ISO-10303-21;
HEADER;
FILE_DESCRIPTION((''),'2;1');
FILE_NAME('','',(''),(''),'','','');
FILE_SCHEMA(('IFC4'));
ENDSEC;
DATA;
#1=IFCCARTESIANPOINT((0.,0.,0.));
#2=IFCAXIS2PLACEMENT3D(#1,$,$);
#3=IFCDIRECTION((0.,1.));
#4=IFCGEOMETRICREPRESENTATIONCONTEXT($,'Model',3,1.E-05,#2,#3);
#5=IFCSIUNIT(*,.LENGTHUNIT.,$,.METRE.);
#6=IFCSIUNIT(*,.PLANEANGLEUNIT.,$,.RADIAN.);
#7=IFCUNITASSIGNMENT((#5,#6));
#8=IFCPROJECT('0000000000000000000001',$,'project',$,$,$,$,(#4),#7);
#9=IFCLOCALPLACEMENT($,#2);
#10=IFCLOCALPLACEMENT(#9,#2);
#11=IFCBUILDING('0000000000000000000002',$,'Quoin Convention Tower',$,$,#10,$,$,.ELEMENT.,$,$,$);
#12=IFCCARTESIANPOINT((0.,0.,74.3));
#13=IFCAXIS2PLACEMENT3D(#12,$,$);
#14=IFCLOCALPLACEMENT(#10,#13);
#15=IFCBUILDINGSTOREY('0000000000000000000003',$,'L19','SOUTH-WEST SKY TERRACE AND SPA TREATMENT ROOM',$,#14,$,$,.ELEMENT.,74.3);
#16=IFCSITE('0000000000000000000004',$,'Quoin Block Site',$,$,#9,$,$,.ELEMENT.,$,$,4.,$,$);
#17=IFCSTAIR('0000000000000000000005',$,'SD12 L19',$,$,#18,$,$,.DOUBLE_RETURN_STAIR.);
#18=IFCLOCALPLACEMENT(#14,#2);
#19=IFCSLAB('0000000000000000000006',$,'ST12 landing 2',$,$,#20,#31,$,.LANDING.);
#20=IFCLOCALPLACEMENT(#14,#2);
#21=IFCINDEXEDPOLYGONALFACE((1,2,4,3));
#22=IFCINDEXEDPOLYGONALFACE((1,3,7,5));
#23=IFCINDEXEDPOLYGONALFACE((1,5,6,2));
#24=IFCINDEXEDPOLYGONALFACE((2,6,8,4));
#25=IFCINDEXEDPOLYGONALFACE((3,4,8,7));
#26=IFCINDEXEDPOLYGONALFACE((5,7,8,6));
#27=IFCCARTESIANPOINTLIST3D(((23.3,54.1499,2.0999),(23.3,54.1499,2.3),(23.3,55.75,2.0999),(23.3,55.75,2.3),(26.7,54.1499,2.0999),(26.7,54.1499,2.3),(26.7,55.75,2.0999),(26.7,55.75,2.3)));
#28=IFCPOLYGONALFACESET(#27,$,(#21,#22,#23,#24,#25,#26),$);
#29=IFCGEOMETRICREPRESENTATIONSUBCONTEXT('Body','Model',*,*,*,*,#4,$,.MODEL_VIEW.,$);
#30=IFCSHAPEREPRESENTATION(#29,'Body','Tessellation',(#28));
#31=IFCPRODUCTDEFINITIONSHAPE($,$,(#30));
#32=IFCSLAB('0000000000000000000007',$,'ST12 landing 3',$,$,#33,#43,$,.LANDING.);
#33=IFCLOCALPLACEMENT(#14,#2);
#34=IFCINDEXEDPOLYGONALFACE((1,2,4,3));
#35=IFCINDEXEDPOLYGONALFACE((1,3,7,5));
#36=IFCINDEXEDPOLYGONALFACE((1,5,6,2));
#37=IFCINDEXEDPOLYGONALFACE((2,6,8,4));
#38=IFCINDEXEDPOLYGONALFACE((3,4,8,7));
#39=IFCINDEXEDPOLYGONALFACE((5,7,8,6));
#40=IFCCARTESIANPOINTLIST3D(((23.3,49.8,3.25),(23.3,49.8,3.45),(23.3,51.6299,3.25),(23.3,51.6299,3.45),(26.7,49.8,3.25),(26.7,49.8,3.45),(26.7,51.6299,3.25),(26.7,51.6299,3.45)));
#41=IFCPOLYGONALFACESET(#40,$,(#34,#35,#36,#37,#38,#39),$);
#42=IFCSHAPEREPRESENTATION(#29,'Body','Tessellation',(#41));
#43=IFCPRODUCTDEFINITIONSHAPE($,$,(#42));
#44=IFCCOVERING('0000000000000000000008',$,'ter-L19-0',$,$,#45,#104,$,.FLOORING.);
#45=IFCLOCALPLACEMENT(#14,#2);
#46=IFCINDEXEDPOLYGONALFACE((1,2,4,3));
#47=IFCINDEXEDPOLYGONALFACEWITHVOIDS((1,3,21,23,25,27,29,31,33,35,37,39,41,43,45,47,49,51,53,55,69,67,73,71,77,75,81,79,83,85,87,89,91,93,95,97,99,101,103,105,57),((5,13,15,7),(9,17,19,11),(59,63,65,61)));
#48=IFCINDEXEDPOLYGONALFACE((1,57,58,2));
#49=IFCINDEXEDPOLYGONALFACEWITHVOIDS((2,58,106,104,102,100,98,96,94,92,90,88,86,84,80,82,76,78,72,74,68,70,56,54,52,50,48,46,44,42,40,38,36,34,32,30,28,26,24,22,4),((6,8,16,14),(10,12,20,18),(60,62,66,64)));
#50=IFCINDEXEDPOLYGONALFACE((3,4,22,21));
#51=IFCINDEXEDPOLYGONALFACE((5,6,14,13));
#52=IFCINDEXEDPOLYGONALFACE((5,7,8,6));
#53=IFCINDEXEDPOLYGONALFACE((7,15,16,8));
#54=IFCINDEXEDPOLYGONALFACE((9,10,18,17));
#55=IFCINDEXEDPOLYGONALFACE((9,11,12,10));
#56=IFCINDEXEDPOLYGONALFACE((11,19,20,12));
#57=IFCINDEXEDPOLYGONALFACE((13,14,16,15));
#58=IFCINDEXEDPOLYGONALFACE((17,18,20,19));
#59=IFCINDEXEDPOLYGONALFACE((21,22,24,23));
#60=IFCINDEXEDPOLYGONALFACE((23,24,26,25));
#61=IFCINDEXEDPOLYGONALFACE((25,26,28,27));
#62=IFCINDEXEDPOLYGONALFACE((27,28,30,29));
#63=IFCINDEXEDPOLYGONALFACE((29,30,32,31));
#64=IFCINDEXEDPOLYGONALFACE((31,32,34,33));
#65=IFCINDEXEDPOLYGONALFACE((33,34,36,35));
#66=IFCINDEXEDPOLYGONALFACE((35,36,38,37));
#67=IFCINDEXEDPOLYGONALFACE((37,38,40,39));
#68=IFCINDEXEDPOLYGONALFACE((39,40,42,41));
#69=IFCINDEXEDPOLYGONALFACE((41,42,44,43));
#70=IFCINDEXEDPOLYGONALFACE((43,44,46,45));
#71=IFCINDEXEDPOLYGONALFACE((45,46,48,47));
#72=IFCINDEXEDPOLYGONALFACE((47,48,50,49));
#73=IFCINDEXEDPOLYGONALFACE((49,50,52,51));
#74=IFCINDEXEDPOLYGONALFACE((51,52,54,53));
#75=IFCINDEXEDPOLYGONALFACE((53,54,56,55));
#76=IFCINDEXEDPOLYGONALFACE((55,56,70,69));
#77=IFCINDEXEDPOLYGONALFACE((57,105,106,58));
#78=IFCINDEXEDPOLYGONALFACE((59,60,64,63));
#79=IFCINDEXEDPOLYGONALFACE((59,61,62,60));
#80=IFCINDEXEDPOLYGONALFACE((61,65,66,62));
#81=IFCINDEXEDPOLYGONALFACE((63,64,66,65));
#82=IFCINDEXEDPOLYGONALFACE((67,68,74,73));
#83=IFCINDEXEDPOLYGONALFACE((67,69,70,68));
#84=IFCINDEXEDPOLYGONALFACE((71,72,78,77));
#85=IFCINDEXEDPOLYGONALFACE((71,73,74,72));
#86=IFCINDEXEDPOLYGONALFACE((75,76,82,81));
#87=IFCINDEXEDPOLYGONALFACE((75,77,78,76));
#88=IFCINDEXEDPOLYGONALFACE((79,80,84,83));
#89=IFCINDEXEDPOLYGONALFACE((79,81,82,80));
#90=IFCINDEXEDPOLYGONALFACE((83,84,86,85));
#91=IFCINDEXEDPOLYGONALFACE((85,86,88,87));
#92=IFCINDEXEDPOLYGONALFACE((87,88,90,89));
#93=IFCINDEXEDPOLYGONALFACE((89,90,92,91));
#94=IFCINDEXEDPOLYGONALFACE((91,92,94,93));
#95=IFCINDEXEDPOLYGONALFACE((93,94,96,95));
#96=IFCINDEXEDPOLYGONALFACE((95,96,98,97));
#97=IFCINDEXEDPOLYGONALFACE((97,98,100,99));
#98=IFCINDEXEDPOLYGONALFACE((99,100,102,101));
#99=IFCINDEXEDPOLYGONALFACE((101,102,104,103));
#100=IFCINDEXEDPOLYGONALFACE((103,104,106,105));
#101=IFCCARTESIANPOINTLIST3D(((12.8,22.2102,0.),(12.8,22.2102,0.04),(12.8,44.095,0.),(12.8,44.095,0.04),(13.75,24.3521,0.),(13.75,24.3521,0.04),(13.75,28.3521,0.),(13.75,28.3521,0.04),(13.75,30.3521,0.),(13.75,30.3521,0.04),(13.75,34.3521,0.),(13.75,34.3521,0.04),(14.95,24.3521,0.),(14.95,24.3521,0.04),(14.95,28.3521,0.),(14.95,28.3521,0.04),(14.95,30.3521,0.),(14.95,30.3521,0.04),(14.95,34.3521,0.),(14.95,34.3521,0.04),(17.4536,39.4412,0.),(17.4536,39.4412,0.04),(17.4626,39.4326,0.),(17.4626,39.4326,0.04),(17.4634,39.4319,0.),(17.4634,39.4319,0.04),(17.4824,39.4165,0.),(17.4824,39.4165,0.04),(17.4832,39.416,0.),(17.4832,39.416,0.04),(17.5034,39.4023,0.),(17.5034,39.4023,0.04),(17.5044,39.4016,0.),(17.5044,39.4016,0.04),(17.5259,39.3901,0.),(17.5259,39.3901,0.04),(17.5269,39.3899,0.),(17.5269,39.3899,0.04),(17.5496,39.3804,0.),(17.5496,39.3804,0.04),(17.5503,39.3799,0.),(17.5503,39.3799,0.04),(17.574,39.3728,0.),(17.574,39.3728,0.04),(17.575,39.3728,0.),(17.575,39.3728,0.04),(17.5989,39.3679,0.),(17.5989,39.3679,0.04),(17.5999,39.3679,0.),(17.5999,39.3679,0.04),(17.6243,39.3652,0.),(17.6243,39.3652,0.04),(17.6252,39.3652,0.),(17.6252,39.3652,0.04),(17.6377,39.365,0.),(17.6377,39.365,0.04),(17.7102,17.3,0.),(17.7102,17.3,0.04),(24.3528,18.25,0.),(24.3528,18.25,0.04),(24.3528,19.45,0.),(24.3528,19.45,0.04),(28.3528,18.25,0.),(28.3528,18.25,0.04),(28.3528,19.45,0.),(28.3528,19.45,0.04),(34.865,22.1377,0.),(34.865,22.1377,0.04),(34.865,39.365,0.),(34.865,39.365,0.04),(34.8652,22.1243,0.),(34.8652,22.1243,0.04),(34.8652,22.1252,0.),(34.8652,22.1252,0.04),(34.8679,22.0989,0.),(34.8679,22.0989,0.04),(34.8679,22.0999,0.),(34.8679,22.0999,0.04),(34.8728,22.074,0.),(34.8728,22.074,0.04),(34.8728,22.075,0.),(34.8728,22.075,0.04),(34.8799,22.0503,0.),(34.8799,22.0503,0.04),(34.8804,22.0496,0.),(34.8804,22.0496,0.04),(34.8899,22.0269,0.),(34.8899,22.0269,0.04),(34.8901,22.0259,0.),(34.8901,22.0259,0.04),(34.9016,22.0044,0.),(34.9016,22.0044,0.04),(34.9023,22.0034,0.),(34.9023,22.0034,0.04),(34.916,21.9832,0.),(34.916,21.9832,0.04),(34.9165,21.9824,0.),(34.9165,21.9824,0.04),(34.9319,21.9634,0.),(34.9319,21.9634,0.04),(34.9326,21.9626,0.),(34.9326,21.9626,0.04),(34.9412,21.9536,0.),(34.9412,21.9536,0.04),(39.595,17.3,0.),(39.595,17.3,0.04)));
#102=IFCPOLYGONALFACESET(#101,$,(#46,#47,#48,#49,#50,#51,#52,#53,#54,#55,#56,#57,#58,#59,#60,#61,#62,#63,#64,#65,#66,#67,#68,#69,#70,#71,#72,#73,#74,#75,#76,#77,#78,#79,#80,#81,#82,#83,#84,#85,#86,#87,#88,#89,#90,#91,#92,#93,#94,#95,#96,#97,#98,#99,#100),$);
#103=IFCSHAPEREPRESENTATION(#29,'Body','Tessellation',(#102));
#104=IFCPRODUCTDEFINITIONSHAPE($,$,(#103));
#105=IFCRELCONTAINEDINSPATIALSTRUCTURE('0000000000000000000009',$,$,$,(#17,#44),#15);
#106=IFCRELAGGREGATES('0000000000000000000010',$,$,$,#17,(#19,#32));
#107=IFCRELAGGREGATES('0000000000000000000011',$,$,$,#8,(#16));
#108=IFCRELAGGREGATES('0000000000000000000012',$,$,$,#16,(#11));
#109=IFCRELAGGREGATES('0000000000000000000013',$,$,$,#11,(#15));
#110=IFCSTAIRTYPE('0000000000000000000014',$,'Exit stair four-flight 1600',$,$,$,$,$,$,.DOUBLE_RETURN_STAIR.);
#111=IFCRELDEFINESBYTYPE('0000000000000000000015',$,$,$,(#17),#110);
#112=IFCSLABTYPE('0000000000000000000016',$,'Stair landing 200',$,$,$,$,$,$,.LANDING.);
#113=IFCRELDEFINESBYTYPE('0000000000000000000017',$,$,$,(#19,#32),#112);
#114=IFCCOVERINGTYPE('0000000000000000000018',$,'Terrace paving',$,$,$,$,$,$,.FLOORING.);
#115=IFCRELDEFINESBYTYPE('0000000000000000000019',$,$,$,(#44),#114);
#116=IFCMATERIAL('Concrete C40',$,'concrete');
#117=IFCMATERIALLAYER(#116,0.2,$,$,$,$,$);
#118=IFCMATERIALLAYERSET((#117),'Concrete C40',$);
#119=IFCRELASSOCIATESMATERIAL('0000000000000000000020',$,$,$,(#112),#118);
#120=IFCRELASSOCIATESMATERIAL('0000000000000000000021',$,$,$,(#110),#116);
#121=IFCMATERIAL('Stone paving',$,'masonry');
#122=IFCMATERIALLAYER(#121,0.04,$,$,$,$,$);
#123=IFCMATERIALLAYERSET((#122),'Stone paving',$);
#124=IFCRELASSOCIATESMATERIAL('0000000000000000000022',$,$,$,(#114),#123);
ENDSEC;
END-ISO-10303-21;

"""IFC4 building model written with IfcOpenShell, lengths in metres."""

from ifc_helpers import new_model, si_unit, direction, frame, origin, place, context, subcontext, project, spatial, polyline, outline, extrude, material, layer, layer_set, type_object, element, aggregate, save


model = new_model("IFC4")

# Units and contexts
model_context = context("Model", 3, precision=1e-05, world=origin(), true_north=direction((0.0, 1.0)))
body_context = subcontext(model_context, "Body", "Model", "MODEL_VIEW")
ifc_project = project(units=[si_unit("LENGTHUNIT", "METRE"), si_unit("PLANEANGLEUNIT", "RADIAN")], contexts=[model_context])

# Site, building, storey
site_placement = place(None, origin())
site = spatial("IfcSite", under=ifc_project, at=site_placement, Name="Quoin Block Site", CompositionType="ELEMENT", RefElevation=4.0)
building_placement = place(site_placement, origin())
building = spatial("IfcBuilding", under=site, at=building_placement, Name="Quoin Convention Tower", CompositionType="ELEMENT")
storey_placement = place(building_placement, frame((0.0, 0.0, 74.3)))
storey = spatial("IfcBuildingStorey", under=building, at=storey_placement, Name="L19", Description="SOUTH-WEST SKY TERRACE AND SPA TREATMENT ROOM", CompositionType="ELEMENT", Elevation=74.3)

# Shared definitions
ifc_material_1 = material(Name="Concrete C40", Category="concrete")

# Stair, slabs
ifc_layer_1 = layer(ifc_material_1, 0.2)
ifc_layer_set_1 = layer_set([ifc_layer_1], Name="Concrete C40")
slab_type_1 = type_object("IfcSlabType", Name="Stair landing 200", PredefinedType="LANDING", material=ifc_layer_set_1)
stair_type_1 = type_object("IfcStairType", Name="Exit stair four-flight 1600", PredefinedType="DOUBLE_RETURN_STAIR", material=ifc_material_1)
stair_1_placement = place(storey_placement, origin())
stair_1 = element("IfcStair", 1, at=stair_1_placement, inside=storey, type_object=stair_type_1, Name="SD12 L19", PredefinedType="DOUBLE_RETURN_STAIR")
slab_1_placement = place(storey_placement, frame((0.0, 0.0, 2.0999)))
slab_1 = element("IfcSlab", 2, at=slab_1_placement, type_object=slab_type_1, Name="ST12 landing 2", PredefinedType="LANDING", context=body_context, shape_type="SweptSolid", body=[
    extrude(outline(polyline([(26.7, 55.75), (23.3, 55.75), (23.3, 54.1499), (26.7, 54.1499), (26.7, 55.75)])), origin(), (0.0, 0.0, 1.0), 0.2002),
])
slab_2_placement = place(storey_placement, frame((0.0, 0.0, 3.25)))
slab_2 = element("IfcSlab", 3, at=slab_2_placement, type_object=slab_type_1, Name="ST12 landing 3", PredefinedType="LANDING", context=body_context, shape_type="SweptSolid", body=[
    extrude(outline(polyline([(26.7, 51.6299), (23.3, 51.6299), (23.3, 49.8), (26.7, 49.8), (26.7, 51.6299)])), origin(), (0.0, 0.0, 1.0), 0.2),
])
aggregate(stair_1, [slab_1, slab_2])

# Covering
ifc_material_2 = material(Name="Stone paving", Category="masonry")
ifc_layer_2 = layer(ifc_material_2, 0.04)
ifc_layer_set_2 = layer_set([ifc_layer_2], Name="Stone paving")
covering_type = type_object("IfcCoveringType", Name="Terrace paving", PredefinedType="FLOORING", material=ifc_layer_set_2)
covering_placement = place(storey_placement, origin())
element("IfcCovering", 4, at=covering_placement, inside=storey, type_object=covering_type, Name="ter-L19-0", PredefinedType="FLOORING", context=body_context, shape_type="SweptSolid", body=[
    extrude(outline(polyline([(17.4536, 39.4412), (17.4626, 39.4326), (17.4634, 39.4319), (17.4824, 39.4165), (17.4832, 39.416), (17.5034, 39.4023), (17.5044, 39.4016), (17.5259, 39.3901), (17.5269, 39.3899), (17.5496, 39.3804), (17.5503, 39.3799), (17.574, 39.3728), (17.575, 39.3728), (17.5989, 39.3679), (17.5999, 39.3679), (17.6243, 39.3652), (17.6252, 39.3652), (17.6377, 39.365), (34.865, 39.365), (34.865, 22.1377), (34.8652, 22.1252), (34.8652, 22.1243), (34.8679, 22.0999), (34.8679, 22.0989), (34.8728, 22.075), (34.8728, 22.074), (34.8799, 22.0503), (34.8804, 22.0496), (34.8899, 22.0269), (34.8901, 22.0259), (34.9016, 22.0044), (34.9023, 22.0034), (34.916, 21.9832), (34.9165, 21.9824), (34.9319, 21.9634), (34.9326, 21.9626), (34.9412, 21.9536), (39.595, 17.3), (17.7102, 17.3), (12.8, 22.2102), (12.8, 44.095), (17.4536, 39.4412)]), holes=[polyline([(24.3528, 18.25), (28.3528, 18.25), (28.3528, 19.45), (24.3528, 19.45), (24.3528, 18.25)]), polyline([(14.95, 28.3521), (13.75, 28.3521), (13.75, 24.3521), (14.95, 24.3521), (14.95, 28.3521)]), polyline([(14.95, 34.3521), (13.75, 34.3521), (13.75, 30.3521), (14.95, 30.3521), (14.95, 34.3521)])]), origin(), (0.0, 0.0, 1.0), 0.04),
])

save(model, "model.ifc")
